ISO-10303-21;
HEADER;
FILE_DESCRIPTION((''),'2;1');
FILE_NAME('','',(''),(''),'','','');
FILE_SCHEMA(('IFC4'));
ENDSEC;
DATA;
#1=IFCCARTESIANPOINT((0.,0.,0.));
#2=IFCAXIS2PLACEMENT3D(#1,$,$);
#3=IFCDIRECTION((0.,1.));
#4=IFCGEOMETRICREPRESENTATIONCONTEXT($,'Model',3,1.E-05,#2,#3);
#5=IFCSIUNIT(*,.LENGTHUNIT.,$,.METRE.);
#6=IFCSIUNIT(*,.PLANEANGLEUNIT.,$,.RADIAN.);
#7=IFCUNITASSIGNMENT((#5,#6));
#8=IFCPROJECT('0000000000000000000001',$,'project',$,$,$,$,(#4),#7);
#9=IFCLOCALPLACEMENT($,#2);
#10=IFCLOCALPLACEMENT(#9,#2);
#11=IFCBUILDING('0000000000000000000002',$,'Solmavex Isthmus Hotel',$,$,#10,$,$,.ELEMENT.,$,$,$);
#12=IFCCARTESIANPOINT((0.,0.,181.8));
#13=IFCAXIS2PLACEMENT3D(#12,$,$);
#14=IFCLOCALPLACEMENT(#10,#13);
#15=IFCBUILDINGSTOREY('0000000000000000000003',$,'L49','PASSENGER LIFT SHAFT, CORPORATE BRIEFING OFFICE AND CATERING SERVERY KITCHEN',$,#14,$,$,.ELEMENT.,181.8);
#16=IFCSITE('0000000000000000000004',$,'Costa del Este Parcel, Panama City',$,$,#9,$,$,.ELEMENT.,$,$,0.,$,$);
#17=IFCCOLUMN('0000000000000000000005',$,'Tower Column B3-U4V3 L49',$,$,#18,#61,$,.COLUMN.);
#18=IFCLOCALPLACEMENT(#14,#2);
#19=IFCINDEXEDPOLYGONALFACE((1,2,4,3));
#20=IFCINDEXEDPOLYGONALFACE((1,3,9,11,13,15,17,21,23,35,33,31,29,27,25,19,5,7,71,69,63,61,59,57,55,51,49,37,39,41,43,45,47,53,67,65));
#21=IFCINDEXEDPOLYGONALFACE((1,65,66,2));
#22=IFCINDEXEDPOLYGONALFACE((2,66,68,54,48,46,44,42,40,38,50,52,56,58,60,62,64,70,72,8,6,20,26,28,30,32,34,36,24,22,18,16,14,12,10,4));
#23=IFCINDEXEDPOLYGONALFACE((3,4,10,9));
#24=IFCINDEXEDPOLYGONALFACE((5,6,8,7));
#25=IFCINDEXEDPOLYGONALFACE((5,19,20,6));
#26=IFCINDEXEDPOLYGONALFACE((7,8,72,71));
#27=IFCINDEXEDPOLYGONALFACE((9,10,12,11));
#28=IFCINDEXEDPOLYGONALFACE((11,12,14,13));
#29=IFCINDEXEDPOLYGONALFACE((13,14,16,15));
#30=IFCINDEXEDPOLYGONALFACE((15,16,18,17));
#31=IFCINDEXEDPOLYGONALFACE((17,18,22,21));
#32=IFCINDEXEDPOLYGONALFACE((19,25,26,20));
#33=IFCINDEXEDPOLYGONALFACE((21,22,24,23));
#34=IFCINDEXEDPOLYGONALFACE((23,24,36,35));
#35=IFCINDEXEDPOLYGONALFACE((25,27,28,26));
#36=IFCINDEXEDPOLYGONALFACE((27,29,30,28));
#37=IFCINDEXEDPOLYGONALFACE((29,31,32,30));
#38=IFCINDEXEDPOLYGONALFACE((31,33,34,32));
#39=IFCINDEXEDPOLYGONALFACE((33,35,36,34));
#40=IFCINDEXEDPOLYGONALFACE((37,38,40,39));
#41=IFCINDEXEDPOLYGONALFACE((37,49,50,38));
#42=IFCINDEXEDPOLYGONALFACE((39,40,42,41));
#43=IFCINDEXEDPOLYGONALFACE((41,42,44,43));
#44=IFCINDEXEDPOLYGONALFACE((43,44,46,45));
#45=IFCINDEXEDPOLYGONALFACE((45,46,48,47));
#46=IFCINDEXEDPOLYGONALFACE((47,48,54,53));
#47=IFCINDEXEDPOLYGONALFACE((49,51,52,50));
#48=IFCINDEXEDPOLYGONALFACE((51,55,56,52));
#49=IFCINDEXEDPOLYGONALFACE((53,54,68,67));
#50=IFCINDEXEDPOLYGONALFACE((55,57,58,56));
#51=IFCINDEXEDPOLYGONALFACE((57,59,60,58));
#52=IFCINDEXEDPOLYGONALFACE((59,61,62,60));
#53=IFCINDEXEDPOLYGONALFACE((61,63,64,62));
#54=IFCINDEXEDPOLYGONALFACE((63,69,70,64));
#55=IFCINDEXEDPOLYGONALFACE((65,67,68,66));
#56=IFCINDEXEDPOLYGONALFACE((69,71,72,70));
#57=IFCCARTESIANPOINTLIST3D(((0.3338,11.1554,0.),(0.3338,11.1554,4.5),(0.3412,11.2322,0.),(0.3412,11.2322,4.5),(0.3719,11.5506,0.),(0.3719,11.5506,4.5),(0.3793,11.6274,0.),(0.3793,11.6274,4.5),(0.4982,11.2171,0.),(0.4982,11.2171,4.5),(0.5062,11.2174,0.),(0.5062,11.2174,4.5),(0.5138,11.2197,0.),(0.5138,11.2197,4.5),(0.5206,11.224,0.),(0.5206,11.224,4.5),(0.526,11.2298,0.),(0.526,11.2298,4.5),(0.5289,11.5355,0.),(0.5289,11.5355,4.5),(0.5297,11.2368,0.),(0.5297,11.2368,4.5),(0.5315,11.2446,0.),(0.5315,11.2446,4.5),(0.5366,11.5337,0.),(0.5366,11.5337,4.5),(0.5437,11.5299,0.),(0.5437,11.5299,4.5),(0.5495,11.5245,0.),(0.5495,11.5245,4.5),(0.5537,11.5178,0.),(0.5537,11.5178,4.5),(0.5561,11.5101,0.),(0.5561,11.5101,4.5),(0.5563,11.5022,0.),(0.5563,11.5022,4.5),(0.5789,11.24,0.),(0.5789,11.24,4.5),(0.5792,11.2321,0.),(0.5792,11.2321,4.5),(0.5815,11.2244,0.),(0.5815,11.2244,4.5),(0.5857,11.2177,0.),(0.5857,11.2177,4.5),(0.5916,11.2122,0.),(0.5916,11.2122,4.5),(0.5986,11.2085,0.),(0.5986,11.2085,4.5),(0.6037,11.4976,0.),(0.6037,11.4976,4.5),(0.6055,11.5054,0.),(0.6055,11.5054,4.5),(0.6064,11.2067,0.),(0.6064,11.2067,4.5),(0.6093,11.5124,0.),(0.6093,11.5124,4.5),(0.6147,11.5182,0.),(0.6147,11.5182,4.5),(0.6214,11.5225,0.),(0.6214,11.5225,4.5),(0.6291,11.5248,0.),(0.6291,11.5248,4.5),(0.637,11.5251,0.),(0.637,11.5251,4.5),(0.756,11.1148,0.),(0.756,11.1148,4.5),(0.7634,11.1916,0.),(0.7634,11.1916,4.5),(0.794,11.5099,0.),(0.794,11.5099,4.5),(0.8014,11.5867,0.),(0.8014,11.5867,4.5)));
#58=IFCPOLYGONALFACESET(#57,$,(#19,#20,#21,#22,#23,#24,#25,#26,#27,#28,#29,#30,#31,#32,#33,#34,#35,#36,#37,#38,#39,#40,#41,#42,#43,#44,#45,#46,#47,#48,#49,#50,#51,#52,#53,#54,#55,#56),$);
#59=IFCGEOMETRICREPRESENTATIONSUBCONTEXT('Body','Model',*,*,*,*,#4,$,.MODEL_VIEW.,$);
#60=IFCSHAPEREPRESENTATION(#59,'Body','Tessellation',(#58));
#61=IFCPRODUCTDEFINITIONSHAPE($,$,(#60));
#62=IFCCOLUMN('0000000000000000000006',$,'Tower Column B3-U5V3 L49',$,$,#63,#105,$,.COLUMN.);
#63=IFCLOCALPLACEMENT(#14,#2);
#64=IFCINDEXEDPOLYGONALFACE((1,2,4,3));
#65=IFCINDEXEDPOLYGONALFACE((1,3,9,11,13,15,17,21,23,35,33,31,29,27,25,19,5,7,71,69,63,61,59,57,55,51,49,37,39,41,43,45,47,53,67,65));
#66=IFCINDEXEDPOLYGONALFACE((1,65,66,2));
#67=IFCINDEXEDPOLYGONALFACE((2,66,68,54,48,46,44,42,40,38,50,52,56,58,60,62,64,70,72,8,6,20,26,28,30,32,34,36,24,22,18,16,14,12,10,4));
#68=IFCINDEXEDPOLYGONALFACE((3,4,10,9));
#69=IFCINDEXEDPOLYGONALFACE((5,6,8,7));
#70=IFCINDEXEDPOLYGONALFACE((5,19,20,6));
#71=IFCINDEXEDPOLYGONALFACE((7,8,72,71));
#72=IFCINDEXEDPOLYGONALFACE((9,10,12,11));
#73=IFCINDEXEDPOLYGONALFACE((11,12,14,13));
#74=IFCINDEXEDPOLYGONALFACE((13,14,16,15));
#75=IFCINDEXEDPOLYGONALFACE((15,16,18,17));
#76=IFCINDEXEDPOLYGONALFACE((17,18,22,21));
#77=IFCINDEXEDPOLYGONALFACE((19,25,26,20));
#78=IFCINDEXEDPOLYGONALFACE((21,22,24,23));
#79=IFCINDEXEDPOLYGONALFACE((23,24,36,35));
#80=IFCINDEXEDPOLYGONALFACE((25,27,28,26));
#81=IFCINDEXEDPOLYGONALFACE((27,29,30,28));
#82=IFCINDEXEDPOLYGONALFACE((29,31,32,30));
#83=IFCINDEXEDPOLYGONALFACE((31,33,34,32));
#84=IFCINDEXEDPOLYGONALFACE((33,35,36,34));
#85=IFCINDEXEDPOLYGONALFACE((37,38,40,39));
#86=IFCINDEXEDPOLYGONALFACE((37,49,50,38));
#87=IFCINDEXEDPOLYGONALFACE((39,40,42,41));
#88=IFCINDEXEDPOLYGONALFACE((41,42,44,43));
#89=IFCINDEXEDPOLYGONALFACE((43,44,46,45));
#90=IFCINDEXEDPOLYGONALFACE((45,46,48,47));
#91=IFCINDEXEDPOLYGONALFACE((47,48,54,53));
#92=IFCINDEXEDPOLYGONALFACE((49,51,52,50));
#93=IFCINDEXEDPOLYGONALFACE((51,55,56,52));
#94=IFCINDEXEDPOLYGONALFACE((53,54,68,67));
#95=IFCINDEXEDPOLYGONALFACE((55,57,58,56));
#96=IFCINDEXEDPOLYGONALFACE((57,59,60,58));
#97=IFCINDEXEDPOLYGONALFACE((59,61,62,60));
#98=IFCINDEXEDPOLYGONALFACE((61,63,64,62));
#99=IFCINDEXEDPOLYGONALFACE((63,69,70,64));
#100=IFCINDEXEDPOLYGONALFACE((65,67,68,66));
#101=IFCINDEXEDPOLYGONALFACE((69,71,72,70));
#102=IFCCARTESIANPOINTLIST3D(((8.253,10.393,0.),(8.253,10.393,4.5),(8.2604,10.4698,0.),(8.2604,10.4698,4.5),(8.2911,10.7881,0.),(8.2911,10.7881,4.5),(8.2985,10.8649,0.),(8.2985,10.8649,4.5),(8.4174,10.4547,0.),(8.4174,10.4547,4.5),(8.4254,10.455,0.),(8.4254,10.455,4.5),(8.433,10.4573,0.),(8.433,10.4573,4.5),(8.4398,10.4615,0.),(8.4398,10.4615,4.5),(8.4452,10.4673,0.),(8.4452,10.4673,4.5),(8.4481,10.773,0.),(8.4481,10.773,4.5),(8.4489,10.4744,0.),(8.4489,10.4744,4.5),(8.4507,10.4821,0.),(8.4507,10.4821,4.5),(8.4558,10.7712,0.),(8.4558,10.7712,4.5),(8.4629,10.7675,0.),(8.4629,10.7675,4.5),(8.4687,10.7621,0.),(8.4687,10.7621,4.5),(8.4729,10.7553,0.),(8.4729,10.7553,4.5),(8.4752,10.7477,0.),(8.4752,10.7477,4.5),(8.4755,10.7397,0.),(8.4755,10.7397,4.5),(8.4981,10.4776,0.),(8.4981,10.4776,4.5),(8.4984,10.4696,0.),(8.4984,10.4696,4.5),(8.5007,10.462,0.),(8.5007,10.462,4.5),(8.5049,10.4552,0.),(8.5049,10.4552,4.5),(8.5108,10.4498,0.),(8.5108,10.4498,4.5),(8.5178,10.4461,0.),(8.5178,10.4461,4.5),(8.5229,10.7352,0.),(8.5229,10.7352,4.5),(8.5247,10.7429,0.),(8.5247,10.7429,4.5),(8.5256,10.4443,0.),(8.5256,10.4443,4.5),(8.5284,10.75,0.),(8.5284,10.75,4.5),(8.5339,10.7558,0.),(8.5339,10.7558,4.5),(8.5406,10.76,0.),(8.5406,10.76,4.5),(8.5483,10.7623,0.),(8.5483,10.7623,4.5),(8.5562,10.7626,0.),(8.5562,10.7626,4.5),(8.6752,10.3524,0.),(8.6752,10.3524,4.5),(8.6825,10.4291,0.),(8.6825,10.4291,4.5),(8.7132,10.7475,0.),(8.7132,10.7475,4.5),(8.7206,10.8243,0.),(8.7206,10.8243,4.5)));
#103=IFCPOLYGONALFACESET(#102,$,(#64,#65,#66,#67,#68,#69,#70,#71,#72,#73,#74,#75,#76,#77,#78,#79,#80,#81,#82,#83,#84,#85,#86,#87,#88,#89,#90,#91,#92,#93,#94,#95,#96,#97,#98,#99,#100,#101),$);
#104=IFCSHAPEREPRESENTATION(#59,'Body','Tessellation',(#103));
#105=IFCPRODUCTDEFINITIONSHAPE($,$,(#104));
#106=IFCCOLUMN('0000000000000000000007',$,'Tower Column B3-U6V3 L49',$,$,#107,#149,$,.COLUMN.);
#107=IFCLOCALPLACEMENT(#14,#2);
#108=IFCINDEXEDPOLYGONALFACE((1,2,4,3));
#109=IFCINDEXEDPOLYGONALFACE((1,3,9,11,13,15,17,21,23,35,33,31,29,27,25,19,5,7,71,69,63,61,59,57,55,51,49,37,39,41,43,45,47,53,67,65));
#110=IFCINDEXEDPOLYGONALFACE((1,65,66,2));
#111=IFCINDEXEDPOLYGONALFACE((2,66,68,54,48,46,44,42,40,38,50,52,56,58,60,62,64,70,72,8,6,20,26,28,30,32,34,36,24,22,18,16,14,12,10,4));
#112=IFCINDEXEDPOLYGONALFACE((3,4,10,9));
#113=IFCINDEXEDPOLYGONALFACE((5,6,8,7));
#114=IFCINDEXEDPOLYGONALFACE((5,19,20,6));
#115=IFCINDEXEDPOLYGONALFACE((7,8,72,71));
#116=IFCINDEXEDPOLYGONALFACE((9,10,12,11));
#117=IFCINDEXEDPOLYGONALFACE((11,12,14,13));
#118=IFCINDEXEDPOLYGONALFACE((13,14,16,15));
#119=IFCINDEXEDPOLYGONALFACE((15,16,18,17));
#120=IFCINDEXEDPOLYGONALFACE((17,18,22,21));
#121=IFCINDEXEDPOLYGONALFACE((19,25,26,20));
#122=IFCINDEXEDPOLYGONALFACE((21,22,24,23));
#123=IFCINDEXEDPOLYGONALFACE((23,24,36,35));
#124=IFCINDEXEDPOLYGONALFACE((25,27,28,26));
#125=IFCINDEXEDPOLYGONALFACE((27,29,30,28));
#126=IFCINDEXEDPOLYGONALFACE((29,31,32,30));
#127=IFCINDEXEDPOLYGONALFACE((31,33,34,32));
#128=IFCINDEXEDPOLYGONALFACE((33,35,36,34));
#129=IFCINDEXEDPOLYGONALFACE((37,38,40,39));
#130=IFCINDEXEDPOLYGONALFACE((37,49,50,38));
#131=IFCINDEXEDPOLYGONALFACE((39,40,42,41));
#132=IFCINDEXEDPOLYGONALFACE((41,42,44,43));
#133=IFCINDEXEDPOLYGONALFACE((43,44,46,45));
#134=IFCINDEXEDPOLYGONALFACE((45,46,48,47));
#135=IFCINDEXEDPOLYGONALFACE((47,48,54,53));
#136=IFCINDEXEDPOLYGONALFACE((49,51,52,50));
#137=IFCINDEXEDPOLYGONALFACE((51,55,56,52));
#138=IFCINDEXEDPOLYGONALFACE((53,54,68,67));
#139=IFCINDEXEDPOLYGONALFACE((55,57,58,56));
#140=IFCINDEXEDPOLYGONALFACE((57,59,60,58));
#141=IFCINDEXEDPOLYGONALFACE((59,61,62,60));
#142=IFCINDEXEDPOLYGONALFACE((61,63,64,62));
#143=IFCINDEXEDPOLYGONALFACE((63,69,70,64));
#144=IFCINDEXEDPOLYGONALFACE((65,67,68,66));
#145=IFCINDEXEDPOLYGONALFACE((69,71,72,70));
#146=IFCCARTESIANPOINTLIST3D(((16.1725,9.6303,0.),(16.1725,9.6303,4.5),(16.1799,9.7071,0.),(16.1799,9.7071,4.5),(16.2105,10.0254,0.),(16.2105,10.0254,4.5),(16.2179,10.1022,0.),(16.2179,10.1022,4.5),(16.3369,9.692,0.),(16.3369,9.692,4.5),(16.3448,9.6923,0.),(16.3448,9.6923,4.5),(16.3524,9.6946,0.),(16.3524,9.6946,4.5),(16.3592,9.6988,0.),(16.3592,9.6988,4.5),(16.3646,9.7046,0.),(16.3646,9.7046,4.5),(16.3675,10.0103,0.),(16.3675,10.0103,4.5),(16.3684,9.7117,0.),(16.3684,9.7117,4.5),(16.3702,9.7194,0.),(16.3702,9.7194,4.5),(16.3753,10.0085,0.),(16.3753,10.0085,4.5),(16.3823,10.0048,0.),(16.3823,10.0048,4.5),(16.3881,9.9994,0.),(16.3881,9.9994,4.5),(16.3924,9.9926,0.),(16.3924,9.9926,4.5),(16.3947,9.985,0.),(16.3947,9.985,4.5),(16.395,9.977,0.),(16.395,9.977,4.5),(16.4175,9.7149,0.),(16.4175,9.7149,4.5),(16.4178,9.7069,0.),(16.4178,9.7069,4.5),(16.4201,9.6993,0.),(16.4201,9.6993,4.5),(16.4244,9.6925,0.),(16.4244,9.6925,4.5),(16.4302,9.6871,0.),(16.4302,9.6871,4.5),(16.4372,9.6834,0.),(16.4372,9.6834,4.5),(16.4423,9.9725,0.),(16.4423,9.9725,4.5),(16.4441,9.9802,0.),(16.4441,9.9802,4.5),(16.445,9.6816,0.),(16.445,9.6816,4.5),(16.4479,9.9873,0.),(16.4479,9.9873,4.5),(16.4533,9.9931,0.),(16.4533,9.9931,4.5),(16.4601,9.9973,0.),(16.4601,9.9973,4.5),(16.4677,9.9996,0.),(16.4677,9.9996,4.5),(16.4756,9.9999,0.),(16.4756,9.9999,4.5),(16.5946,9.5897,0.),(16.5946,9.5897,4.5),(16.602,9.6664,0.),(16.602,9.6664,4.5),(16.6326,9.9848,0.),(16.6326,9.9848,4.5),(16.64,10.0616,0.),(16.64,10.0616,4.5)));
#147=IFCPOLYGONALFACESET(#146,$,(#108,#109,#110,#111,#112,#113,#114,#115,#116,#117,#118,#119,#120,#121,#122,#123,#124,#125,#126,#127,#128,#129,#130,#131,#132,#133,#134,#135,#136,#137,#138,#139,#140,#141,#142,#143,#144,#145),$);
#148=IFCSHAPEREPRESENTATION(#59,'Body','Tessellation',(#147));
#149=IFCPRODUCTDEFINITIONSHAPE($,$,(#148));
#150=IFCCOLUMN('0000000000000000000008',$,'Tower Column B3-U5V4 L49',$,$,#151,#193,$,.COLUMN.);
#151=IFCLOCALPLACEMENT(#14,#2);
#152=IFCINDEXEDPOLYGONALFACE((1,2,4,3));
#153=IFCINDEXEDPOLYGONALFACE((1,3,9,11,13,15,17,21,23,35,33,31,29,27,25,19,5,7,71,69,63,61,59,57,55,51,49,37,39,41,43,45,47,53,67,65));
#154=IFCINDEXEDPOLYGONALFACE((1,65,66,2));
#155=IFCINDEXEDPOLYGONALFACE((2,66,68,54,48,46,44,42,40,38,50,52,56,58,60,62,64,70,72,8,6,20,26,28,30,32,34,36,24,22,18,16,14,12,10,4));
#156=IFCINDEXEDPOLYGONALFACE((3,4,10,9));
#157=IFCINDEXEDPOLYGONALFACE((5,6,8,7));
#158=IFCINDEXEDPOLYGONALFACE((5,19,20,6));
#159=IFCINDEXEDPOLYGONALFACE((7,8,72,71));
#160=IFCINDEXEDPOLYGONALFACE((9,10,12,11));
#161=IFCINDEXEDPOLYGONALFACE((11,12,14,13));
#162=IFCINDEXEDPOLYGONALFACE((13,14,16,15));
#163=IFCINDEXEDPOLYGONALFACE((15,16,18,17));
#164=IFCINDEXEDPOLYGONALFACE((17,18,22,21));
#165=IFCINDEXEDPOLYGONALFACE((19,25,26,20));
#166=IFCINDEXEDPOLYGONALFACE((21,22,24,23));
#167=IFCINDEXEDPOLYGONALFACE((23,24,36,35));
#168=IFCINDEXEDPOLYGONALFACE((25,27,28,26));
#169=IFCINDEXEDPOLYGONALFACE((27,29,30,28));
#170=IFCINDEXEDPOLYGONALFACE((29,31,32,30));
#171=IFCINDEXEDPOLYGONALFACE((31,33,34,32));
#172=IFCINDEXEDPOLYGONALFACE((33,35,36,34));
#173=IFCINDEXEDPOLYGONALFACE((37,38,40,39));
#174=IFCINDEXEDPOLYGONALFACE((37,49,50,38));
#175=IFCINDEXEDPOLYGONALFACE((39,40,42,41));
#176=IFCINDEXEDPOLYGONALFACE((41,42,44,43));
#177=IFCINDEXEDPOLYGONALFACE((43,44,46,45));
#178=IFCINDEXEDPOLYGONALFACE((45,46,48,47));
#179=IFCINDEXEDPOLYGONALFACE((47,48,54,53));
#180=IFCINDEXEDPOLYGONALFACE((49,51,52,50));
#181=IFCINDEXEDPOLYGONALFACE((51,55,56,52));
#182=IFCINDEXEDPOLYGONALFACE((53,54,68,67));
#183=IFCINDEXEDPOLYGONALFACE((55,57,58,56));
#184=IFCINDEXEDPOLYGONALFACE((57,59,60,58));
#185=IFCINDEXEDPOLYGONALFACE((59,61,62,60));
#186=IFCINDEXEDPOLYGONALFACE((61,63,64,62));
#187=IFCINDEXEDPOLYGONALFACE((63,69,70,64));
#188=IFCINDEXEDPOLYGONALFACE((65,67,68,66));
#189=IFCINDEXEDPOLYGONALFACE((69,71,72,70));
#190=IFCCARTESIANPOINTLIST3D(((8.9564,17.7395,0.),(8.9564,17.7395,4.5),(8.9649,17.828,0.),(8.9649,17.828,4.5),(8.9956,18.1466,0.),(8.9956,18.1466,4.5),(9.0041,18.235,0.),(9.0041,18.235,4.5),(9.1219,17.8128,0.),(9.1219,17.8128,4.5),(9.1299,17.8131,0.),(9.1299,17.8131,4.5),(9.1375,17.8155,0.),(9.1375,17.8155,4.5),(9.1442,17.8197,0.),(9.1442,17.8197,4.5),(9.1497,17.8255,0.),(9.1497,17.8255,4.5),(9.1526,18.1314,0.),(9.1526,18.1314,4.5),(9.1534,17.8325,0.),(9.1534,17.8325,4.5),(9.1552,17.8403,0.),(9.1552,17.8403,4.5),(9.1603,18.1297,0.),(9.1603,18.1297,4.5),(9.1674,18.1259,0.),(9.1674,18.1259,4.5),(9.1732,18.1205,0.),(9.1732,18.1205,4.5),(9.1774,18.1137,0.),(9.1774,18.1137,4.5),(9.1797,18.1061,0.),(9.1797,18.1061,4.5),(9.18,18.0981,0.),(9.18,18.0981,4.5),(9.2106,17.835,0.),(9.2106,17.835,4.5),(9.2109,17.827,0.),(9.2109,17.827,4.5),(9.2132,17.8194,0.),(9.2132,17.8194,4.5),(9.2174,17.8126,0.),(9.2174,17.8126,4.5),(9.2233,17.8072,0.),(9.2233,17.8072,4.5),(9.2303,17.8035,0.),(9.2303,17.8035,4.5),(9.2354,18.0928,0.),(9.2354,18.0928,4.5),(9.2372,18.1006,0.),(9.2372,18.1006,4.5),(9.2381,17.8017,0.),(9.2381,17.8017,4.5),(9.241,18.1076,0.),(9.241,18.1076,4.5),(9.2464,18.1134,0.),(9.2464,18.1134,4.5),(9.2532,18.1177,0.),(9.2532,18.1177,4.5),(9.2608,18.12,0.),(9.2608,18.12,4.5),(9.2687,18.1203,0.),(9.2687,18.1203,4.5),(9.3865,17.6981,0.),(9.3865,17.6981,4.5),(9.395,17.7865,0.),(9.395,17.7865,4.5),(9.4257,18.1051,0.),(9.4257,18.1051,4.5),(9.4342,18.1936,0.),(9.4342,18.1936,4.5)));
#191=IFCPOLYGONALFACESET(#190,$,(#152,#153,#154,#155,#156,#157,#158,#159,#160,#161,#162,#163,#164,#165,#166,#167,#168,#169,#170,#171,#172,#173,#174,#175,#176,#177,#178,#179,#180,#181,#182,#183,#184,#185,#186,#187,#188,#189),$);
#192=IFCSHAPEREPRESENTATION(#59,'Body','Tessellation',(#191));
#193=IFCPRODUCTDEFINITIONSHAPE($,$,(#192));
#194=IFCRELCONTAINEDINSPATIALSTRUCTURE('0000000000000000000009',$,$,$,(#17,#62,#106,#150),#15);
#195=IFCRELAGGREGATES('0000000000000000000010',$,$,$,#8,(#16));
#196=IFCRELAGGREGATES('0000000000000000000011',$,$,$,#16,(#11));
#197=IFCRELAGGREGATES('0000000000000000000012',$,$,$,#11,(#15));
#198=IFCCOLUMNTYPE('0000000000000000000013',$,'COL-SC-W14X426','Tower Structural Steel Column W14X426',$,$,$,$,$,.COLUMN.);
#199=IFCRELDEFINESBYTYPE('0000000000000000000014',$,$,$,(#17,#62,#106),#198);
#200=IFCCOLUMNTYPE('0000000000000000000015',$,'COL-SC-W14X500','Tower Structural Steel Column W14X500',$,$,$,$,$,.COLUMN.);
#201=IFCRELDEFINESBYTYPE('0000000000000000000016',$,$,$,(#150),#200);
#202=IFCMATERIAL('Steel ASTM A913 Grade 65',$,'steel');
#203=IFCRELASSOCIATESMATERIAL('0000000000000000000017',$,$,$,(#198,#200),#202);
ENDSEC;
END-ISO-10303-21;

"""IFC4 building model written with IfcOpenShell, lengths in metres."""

from ifc_helpers import new_model, si_unit, direction, frame, origin, origin_2d, place, context, subcontext, project, spatial, i_section, extrude, material, material_profile, profile_set, type_object, element, save


model = new_model("IFC4")

# Units and contexts
model_context = context("Model", 3, precision=1e-05, world=origin(), true_north=direction((0.0, 1.0)))
body_context = subcontext(model_context, "Body", "Model", "MODEL_VIEW")
ifc_project = project(units=[si_unit("LENGTHUNIT", "METRE"), si_unit("PLANEANGLEUNIT", "RADIAN")], contexts=[model_context])

# Site, building, storey
site_placement = place(None, origin())
site = spatial("IfcSite", under=ifc_project, at=site_placement, Name="Costa del Este Parcel, Panama City", CompositionType="ELEMENT", RefElevation=0.0)
building_placement = place(site_placement, origin())
building = spatial("IfcBuilding", under=site, at=building_placement, Name="Solmavex Isthmus Hotel", CompositionType="ELEMENT")
storey_placement = place(building_placement, frame((0.0, 0.0, 181.8)))
storey = spatial("IfcBuildingStorey", under=building, at=storey_placement, Name="L49", Description="PASSENGER LIFT SHAFT, CORPORATE BRIEFING OFFICE AND CATERING SERVERY KITCHEN", CompositionType="ELEMENT", Elevation=181.8)

# Columns
ifc_material_1 = material(Name="Steel ASTM A913 Grade 65", Category="steel")
ifc_material_profile_1 = material_profile(ifc_material_1, i_section(OverallWidth=0.4241, OverallDepth=0.4741, WebThickness=0.0476, FlangeThickness=0.0771, FilletRadius=0.0305, at=origin_2d()), Name="W14X426")
ifc_profile_set_1 = profile_set([ifc_material_profile_1], Name="Steel ASTM A913 Grade 65")
column_type_1 = type_object("IfcColumnType", Name="COL-SC-W14X426", Description="Tower Structural Steel Column W14X426", PredefinedType="COLUMN", material=ifc_profile_set_1)
for number, where, z_axis, x_axis, name in (
    (1, (0.5676, 11.3711, 0.0), (0.0, 0.0, 1.0), (0.995396, -0.095846, 0.0), "Tower Column B3-U4V3 L49"),
    (2, (8.4868, 10.6086, 0.0), (0.0, 0.0, 1.0), (0.995396, -0.095846, 0.0), "Tower Column B3-U5V3 L49"),
    (3, (16.4062, 9.8459, 0.0), (0.0, 0.0, 1.0), (0.995396, -0.095846, 0.0), "Tower Column B3-U6V3 L49"),
):
    element("IfcColumn", number, at=place(storey_placement, frame(where, z_axis=z_axis, x_axis=x_axis)), inside=storey, type_object=column_type_1, Name=name, PredefinedType="COLUMN", context=body_context, shape_type="SweptSolid", body=[
        extrude(i_section(OverallWidth=0.4241, OverallDepth=0.4741, WebThickness=0.0476, FlangeThickness=0.0771, FilletRadius=0.0305, at=origin_2d()), origin(), (0.0, 0.0, 1.0), 4.5),
    ])
ifc_material_profile_2 = material_profile(ifc_material_1, i_section(OverallWidth=0.4321, OverallDepth=0.4978, WebThickness=0.0557, FlangeThickness=0.0889, FilletRadius=0.0305, at=origin_2d()), Name="W14X500")
ifc_profile_set_2 = profile_set([ifc_material_profile_2], Name="Steel ASTM A913 Grade 65")
column_type_2 = type_object("IfcColumnType", Name="COL-SC-W14X500", Description="Tower Structural Steel Column W14X500", PredefinedType="COLUMN", material=ifc_profile_set_2)
column_placement = place(storey_placement, frame((9.1953, 17.9666, 0.0), z_axis=(0.0, 0.0, 1.0), x_axis=(0.995396, -0.095846, 0.0)))
element("IfcColumn", 4, at=column_placement, inside=storey, type_object=column_type_2, Name="Tower Column B3-U5V4 L49", PredefinedType="COLUMN", context=body_context, shape_type="SweptSolid", body=[
    extrude(i_section(OverallWidth=0.4321, OverallDepth=0.4978, WebThickness=0.0557, FlangeThickness=0.0889, FilletRadius=0.0305, at=origin_2d()), origin(), (0.0, 0.0, 1.0), 4.5),
])

save(model, "model.ifc")
